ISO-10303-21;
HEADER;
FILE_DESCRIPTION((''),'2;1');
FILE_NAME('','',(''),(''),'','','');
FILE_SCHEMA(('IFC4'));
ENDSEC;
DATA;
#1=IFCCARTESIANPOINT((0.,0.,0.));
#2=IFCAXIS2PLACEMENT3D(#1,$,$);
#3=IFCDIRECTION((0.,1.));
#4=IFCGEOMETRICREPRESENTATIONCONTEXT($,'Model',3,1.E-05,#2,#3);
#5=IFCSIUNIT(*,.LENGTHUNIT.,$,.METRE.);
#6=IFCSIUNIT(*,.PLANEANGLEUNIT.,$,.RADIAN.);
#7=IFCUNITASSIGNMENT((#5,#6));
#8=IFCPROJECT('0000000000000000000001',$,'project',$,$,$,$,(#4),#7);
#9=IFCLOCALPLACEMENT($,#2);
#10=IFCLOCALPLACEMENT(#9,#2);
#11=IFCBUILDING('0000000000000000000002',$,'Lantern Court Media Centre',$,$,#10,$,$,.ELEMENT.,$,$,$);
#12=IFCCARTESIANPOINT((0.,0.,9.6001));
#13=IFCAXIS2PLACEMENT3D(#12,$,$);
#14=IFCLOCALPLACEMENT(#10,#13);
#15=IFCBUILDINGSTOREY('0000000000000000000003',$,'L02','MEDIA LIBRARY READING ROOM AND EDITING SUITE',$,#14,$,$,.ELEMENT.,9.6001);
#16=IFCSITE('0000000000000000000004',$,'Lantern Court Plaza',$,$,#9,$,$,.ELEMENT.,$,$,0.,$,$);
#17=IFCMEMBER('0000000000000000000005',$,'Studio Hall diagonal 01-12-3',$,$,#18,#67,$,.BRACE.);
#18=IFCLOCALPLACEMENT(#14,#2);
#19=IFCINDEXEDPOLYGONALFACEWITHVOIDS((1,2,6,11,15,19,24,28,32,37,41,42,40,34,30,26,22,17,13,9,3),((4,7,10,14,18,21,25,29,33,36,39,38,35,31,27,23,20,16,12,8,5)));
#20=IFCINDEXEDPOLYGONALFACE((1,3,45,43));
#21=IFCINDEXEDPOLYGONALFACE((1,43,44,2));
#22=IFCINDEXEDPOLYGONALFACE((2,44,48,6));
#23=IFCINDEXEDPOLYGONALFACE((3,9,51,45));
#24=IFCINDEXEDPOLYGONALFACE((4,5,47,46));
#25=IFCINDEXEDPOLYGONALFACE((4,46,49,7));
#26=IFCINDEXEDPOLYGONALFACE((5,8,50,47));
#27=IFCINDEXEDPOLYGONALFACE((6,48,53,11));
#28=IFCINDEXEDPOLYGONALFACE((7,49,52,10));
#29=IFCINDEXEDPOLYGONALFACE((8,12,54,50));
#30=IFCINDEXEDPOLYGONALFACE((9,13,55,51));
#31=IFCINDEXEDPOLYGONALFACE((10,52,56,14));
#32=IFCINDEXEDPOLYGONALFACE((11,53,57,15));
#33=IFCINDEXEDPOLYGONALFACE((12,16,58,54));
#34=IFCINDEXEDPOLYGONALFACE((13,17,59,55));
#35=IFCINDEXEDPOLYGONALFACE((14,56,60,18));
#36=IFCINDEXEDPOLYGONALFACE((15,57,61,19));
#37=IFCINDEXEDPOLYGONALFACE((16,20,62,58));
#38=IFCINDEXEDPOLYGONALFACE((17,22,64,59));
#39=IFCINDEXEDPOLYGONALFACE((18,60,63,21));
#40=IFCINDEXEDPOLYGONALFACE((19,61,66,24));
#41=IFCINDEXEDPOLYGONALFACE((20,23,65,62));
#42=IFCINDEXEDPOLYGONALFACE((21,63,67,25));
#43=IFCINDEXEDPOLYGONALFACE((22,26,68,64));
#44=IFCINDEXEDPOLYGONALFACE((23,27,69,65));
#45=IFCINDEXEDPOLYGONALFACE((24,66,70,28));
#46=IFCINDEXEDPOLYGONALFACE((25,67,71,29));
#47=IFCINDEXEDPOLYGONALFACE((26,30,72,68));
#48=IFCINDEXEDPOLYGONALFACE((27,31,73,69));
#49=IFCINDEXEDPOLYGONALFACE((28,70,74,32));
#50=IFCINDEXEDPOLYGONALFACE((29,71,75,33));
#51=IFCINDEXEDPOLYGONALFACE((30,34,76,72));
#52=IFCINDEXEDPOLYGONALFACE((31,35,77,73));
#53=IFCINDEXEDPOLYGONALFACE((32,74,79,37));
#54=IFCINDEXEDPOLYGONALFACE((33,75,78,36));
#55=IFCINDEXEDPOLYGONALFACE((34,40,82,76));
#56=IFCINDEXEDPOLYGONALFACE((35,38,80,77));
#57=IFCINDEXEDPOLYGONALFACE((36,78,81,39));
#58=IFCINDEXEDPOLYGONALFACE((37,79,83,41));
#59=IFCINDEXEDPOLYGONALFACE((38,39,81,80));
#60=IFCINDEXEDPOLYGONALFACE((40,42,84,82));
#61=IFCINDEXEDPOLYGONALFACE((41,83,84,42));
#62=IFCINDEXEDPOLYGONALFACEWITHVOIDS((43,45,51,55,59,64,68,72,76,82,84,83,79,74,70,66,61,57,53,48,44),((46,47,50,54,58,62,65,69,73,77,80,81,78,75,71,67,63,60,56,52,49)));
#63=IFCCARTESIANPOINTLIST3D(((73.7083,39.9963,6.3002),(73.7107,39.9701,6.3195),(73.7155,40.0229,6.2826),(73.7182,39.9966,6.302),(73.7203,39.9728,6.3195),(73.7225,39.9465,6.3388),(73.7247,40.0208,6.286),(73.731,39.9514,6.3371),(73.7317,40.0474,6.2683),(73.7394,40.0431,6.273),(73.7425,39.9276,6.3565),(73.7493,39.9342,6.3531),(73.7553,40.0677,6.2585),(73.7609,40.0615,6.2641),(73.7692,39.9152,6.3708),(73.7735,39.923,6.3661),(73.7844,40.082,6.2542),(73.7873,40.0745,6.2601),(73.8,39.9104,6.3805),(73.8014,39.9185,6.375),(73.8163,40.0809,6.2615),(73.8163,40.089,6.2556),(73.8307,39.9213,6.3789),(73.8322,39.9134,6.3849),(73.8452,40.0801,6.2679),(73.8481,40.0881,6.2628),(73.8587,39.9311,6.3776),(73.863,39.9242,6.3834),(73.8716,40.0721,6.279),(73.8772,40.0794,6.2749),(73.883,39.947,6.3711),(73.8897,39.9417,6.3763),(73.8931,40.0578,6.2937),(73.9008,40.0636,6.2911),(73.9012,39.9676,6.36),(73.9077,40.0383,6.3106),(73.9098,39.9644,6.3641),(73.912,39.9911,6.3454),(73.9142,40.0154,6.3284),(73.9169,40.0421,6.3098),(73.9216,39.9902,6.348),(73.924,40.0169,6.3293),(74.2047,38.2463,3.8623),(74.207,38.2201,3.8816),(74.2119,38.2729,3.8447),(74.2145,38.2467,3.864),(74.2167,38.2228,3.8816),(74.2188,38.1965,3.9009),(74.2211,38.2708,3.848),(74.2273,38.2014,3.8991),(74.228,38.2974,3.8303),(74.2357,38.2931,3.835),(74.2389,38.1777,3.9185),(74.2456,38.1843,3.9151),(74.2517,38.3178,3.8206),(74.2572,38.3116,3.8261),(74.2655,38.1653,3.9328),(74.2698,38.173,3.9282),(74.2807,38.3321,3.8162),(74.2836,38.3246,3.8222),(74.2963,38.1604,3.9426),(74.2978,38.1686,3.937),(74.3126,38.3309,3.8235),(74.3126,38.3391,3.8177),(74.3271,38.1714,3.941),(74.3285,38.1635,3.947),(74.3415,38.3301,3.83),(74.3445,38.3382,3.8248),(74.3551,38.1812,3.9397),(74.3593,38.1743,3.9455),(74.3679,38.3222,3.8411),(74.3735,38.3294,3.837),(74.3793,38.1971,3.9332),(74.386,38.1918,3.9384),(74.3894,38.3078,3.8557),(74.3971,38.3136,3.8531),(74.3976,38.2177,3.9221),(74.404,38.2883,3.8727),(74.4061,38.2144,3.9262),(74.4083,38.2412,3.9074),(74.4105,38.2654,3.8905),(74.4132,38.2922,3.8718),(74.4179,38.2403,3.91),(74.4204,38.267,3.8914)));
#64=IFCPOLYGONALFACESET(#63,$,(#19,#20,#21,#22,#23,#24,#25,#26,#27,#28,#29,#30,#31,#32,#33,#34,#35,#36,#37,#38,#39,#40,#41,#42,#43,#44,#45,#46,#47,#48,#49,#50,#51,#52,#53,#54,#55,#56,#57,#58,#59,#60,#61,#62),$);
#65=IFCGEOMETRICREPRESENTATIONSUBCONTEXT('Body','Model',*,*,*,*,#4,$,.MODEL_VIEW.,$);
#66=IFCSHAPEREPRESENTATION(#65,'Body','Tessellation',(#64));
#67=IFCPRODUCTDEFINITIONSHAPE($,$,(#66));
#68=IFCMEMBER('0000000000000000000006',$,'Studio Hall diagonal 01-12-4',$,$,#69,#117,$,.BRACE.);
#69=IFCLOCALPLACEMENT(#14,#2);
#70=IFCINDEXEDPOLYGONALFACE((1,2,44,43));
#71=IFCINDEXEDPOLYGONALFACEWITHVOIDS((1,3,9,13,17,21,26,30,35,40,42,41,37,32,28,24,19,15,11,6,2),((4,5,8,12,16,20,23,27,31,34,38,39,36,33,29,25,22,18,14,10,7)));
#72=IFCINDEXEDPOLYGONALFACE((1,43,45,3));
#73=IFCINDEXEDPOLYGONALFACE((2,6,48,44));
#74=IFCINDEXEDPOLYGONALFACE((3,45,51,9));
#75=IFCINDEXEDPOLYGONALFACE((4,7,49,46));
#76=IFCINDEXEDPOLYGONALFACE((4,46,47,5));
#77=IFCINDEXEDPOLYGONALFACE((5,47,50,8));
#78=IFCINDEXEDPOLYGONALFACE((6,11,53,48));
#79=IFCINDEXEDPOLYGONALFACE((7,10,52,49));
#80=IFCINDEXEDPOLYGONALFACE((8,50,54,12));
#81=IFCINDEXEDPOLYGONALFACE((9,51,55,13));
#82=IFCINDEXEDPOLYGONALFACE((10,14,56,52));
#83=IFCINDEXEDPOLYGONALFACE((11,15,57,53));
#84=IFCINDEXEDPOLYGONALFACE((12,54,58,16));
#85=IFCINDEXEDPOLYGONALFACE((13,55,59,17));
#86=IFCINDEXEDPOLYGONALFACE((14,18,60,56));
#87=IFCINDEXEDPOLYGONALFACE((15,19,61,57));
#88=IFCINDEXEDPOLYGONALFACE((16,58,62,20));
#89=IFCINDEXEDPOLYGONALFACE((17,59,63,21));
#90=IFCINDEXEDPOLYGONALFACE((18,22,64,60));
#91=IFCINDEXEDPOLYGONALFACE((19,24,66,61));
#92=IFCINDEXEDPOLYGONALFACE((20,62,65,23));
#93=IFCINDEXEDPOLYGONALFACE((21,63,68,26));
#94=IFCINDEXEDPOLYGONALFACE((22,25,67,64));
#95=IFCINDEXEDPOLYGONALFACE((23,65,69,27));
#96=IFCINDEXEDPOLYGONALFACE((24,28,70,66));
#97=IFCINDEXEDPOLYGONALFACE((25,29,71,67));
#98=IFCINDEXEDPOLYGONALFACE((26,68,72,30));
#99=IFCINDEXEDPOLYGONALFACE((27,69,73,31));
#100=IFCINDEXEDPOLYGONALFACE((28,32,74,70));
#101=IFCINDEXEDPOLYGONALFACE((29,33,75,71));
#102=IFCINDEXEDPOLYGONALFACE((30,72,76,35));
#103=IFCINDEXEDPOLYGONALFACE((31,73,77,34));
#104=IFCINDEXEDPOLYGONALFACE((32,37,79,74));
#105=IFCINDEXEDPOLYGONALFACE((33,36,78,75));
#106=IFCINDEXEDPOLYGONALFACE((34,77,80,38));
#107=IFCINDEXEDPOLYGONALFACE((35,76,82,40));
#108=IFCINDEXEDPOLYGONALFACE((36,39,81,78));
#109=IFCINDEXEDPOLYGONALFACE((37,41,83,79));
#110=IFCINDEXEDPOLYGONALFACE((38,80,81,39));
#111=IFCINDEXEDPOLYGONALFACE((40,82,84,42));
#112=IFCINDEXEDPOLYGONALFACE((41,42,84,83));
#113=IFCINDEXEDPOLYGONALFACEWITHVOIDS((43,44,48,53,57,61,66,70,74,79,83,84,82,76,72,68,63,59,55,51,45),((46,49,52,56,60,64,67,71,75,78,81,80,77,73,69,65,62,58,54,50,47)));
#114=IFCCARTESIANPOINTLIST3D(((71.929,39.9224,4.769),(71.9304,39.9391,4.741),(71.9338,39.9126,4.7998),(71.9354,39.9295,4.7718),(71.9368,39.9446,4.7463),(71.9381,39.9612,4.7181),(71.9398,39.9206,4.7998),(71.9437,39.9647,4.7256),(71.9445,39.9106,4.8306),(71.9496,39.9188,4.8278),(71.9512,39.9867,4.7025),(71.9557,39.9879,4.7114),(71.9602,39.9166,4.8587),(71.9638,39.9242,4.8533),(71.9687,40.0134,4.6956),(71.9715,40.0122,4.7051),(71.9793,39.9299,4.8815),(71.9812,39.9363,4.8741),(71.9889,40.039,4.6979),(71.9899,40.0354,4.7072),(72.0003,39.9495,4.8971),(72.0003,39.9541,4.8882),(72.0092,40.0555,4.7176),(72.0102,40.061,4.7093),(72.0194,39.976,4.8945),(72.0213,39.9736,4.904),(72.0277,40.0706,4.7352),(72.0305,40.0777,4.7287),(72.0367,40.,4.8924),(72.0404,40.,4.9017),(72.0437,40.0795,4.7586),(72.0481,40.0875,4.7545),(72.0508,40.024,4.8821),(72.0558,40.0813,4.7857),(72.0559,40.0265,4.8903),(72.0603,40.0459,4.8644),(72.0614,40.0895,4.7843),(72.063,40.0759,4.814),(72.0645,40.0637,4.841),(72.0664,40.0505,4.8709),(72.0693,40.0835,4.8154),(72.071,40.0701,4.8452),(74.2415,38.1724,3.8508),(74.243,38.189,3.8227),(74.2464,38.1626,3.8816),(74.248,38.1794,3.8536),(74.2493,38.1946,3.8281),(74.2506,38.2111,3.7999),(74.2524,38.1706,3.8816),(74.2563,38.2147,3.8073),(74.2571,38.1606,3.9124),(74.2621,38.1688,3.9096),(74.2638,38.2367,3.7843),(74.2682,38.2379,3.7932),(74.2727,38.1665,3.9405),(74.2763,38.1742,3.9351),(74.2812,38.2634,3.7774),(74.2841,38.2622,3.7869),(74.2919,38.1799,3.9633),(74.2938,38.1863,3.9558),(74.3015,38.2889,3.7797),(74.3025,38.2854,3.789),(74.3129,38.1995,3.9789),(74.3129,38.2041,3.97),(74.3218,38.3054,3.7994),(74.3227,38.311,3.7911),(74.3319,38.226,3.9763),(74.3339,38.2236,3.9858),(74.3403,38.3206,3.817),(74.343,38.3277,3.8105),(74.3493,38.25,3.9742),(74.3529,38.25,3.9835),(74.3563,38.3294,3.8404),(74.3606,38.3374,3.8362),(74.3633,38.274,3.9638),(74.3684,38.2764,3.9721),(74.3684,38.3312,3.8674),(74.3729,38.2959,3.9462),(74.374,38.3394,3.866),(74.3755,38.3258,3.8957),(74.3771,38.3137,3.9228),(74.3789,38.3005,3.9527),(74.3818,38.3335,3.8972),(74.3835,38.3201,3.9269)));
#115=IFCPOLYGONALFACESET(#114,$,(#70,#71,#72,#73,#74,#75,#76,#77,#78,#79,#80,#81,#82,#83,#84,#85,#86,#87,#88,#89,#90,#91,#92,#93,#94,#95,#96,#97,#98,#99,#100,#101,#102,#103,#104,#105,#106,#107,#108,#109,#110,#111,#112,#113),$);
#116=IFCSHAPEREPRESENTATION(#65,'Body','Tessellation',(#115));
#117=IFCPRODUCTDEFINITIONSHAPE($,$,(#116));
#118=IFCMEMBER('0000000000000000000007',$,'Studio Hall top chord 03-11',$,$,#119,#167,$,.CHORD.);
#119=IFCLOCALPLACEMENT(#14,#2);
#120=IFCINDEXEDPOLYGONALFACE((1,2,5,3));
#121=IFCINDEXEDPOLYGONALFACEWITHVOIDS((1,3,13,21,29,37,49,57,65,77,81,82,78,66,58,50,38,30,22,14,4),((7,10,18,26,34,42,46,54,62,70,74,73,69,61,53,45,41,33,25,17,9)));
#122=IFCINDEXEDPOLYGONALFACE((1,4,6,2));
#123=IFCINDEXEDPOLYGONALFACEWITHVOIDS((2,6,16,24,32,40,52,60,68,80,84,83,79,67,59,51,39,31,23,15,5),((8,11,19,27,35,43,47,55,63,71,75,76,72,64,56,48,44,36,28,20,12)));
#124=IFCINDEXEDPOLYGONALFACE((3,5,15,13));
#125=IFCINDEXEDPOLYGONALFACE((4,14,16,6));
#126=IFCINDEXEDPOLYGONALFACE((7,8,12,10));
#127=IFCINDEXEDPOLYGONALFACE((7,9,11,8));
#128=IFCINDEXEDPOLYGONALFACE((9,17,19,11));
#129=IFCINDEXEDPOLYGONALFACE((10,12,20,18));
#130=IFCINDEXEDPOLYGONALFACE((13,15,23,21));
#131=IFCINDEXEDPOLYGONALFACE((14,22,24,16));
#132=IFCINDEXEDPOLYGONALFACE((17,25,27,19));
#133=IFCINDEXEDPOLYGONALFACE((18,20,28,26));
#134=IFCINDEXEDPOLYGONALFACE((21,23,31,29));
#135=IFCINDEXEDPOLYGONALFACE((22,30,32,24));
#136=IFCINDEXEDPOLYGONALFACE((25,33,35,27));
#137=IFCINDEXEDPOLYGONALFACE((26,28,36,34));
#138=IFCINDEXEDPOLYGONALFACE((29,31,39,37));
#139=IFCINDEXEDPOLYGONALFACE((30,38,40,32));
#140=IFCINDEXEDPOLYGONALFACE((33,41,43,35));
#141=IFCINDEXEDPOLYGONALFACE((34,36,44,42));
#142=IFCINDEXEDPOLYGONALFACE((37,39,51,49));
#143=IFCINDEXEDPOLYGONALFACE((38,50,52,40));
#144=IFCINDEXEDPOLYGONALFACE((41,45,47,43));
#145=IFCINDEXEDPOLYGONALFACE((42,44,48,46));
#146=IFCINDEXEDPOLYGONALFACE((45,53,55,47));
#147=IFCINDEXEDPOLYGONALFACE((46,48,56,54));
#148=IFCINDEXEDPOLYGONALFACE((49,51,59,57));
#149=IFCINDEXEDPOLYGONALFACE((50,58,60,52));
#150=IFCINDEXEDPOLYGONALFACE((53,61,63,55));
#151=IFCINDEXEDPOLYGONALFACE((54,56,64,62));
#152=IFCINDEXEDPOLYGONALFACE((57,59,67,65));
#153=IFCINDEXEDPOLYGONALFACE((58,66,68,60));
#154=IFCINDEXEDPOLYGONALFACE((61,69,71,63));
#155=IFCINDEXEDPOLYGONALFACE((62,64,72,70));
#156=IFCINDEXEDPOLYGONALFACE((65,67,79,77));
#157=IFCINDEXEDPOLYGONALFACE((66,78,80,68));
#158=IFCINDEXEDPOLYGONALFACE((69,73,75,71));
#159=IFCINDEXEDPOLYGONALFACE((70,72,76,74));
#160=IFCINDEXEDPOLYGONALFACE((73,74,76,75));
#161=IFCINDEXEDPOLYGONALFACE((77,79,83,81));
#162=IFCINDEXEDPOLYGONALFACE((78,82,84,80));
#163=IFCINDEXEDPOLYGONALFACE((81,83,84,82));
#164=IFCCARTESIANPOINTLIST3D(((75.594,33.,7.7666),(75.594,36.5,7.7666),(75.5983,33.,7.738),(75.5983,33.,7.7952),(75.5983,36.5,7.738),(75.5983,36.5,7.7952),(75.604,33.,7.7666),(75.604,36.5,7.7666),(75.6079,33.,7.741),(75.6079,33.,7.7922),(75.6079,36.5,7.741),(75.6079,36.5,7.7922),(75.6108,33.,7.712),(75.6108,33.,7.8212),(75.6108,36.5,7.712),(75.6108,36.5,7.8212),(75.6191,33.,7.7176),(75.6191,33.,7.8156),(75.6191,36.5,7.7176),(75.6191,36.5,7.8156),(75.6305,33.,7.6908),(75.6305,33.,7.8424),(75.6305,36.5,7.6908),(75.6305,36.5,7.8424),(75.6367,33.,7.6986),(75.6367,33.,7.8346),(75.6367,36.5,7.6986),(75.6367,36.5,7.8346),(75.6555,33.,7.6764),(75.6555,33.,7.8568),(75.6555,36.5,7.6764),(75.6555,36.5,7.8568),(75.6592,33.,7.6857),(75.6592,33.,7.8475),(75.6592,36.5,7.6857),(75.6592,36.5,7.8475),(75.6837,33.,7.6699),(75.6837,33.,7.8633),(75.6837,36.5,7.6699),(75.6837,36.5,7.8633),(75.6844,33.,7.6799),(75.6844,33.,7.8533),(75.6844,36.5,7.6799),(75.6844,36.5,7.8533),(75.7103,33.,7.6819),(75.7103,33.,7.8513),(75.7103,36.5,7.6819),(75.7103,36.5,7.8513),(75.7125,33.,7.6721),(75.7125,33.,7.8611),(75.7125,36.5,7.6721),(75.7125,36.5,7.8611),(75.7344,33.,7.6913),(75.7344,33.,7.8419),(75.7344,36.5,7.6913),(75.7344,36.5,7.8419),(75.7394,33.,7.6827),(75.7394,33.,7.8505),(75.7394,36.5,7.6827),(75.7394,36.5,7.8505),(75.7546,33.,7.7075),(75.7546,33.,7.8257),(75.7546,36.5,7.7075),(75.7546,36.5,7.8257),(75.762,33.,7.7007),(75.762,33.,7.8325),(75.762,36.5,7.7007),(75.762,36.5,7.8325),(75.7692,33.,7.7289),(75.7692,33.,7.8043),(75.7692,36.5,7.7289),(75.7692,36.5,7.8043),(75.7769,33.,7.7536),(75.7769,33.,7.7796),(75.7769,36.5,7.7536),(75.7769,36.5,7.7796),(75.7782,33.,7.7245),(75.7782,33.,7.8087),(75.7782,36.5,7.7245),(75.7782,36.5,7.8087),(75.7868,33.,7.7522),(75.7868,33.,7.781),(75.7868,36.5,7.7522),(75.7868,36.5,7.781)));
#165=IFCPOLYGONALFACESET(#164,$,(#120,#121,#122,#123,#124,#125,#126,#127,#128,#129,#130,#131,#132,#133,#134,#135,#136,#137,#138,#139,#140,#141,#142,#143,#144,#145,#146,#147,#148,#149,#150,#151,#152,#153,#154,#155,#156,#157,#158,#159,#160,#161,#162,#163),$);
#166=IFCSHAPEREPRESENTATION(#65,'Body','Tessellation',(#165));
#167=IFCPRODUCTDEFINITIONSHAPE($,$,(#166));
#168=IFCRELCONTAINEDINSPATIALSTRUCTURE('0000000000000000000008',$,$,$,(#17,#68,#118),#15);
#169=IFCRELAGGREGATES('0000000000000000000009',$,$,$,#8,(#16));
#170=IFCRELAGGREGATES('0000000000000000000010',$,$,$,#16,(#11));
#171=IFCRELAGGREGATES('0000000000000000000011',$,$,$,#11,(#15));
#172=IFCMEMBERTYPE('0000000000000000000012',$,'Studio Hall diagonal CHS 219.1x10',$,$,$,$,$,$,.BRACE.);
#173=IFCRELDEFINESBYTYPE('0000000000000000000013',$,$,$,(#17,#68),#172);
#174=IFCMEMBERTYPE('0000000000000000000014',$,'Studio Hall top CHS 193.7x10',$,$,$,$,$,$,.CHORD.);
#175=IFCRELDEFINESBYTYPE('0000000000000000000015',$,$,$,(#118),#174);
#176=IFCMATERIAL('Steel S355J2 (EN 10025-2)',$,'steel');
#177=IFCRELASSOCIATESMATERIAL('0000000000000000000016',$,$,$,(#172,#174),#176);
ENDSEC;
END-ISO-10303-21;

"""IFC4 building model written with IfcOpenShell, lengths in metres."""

from ifc_helpers import new_model, si_unit, direction, frame, origin, origin_2d, place, context, subcontext, project, spatial, hollow_circle, extrude, material, material_profile, profile_set, type_object, element, save


model = new_model("IFC4")

# Units and contexts
model_context = context("Model", 3, precision=1e-05, world=origin(), true_north=direction((0.0, 1.0)))
body_context = subcontext(model_context, "Body", "Model", "MODEL_VIEW")
ifc_project = project(units=[si_unit("LENGTHUNIT", "METRE"), si_unit("PLANEANGLEUNIT", "RADIAN")], contexts=[model_context])

# Site, building, storey
site_placement = place(None, origin())
site = spatial("IfcSite", under=ifc_project, at=site_placement, Name="Lantern Court Plaza", CompositionType="ELEMENT", RefElevation=0.0)
building_placement = place(site_placement, origin())
building = spatial("IfcBuilding", under=site, at=building_placement, Name="Lantern Court Media Centre", CompositionType="ELEMENT")
storey_placement = place(building_placement, frame((0.0, 0.0, 9.6001)))
storey = spatial("IfcBuildingStorey", under=building, at=storey_placement, Name="L02", Description="MEDIA LIBRARY READING ROOM AND EDITING SUITE", CompositionType="ELEMENT", Elevation=9.6001)

# Members
ifc_material_1 = material(Name="Steel S355J2 (EN 10025-2)", Category="steel")
ifc_material_profile_1 = material_profile(ifc_material_1, hollow_circle(Radius=0.1096, WallThickness=0.01, at=origin_2d()), Name="Studio Hall diagonal CHS 219.1x10")
ifc_profile_set_1 = profile_set([ifc_material_profile_1], Name="Steel S355J2 (EN 10025-2)")
member_type_1 = type_object("IfcMemberType", Name="Studio Hall diagonal CHS 219.1x10", PredefinedType="BRACE", material=ifc_profile_set_1)
for number, where, z_axis, x_axis, name in (
    (1, (74.3125, 38.25, 3.8816), (-0.163172, 0.575314, 0.801491), (-0.962054, -0.272859, 0.0), "Studio Hall diagonal 01-12-3"),
):
    element("IfcMember", number, at=place(storey_placement, frame(where, z_axis=z_axis, x_axis=x_axis)), inside=storey, type_object=member_type_1, Name=name, PredefinedType="BRACE", context=body_context, shape_type="SweptSolid", body=[
        extrude(hollow_circle(Radius=0.1096, WallThickness=0.01, at=origin_2d()), origin(), (0.0, 0.0, 1.0), 3.0417),
    ])
member_1_placement = place(storey_placement, frame((74.3125, 38.25, 3.8816), z_axis=(-0.760211, 0.575295, 0.301853), x_axis=(-0.603443, -0.797406, 0.0)))
element("IfcMember", 2, at=member_1_placement, inside=storey, type_object=member_type_1, Name="Studio Hall diagonal 01-12-4", PredefinedType="BRACE", context=body_context, shape_type="SweptSolid", body=[
    extrude(hollow_circle(Radius=0.1096, WallThickness=0.01, at=origin_2d()), origin(), (0.0, 0.0, 1.0), 3.042),
])
ifc_material_profile_2 = material_profile(ifc_material_1, hollow_circle(Radius=0.0969, WallThickness=0.01, at=origin_2d()), Name="Studio Hall top CHS 193.7x10")
ifc_profile_set_2 = profile_set([ifc_material_profile_2], Name="Steel S355J2 (EN 10025-2)")
member_type_2 = type_object("IfcMemberType", Name="Studio Hall top CHS 193.7x10", PredefinedType="CHORD", material=ifc_profile_set_2)
for number, where, z_axis, x_axis, name in (
    (3, (75.6909, 33.0, 7.7666), (0.0, 1.0, 0.0), (-1.0, 0.0, 0.0), "Studio Hall top chord 03-11"),
):
    element("IfcMember", number, at=place(storey_placement, frame(where, z_axis=z_axis, x_axis=x_axis)), inside=storey, type_object=member_type_2, Name=name, PredefinedType="CHORD", context=body_context, shape_type="SweptSolid", body=[
        extrude(hollow_circle(Radius=0.0969, WallThickness=0.01, at=origin_2d()), origin(), (0.0, 0.0, 1.0), 3.5),
    ])

save(model, "model.ifc")
